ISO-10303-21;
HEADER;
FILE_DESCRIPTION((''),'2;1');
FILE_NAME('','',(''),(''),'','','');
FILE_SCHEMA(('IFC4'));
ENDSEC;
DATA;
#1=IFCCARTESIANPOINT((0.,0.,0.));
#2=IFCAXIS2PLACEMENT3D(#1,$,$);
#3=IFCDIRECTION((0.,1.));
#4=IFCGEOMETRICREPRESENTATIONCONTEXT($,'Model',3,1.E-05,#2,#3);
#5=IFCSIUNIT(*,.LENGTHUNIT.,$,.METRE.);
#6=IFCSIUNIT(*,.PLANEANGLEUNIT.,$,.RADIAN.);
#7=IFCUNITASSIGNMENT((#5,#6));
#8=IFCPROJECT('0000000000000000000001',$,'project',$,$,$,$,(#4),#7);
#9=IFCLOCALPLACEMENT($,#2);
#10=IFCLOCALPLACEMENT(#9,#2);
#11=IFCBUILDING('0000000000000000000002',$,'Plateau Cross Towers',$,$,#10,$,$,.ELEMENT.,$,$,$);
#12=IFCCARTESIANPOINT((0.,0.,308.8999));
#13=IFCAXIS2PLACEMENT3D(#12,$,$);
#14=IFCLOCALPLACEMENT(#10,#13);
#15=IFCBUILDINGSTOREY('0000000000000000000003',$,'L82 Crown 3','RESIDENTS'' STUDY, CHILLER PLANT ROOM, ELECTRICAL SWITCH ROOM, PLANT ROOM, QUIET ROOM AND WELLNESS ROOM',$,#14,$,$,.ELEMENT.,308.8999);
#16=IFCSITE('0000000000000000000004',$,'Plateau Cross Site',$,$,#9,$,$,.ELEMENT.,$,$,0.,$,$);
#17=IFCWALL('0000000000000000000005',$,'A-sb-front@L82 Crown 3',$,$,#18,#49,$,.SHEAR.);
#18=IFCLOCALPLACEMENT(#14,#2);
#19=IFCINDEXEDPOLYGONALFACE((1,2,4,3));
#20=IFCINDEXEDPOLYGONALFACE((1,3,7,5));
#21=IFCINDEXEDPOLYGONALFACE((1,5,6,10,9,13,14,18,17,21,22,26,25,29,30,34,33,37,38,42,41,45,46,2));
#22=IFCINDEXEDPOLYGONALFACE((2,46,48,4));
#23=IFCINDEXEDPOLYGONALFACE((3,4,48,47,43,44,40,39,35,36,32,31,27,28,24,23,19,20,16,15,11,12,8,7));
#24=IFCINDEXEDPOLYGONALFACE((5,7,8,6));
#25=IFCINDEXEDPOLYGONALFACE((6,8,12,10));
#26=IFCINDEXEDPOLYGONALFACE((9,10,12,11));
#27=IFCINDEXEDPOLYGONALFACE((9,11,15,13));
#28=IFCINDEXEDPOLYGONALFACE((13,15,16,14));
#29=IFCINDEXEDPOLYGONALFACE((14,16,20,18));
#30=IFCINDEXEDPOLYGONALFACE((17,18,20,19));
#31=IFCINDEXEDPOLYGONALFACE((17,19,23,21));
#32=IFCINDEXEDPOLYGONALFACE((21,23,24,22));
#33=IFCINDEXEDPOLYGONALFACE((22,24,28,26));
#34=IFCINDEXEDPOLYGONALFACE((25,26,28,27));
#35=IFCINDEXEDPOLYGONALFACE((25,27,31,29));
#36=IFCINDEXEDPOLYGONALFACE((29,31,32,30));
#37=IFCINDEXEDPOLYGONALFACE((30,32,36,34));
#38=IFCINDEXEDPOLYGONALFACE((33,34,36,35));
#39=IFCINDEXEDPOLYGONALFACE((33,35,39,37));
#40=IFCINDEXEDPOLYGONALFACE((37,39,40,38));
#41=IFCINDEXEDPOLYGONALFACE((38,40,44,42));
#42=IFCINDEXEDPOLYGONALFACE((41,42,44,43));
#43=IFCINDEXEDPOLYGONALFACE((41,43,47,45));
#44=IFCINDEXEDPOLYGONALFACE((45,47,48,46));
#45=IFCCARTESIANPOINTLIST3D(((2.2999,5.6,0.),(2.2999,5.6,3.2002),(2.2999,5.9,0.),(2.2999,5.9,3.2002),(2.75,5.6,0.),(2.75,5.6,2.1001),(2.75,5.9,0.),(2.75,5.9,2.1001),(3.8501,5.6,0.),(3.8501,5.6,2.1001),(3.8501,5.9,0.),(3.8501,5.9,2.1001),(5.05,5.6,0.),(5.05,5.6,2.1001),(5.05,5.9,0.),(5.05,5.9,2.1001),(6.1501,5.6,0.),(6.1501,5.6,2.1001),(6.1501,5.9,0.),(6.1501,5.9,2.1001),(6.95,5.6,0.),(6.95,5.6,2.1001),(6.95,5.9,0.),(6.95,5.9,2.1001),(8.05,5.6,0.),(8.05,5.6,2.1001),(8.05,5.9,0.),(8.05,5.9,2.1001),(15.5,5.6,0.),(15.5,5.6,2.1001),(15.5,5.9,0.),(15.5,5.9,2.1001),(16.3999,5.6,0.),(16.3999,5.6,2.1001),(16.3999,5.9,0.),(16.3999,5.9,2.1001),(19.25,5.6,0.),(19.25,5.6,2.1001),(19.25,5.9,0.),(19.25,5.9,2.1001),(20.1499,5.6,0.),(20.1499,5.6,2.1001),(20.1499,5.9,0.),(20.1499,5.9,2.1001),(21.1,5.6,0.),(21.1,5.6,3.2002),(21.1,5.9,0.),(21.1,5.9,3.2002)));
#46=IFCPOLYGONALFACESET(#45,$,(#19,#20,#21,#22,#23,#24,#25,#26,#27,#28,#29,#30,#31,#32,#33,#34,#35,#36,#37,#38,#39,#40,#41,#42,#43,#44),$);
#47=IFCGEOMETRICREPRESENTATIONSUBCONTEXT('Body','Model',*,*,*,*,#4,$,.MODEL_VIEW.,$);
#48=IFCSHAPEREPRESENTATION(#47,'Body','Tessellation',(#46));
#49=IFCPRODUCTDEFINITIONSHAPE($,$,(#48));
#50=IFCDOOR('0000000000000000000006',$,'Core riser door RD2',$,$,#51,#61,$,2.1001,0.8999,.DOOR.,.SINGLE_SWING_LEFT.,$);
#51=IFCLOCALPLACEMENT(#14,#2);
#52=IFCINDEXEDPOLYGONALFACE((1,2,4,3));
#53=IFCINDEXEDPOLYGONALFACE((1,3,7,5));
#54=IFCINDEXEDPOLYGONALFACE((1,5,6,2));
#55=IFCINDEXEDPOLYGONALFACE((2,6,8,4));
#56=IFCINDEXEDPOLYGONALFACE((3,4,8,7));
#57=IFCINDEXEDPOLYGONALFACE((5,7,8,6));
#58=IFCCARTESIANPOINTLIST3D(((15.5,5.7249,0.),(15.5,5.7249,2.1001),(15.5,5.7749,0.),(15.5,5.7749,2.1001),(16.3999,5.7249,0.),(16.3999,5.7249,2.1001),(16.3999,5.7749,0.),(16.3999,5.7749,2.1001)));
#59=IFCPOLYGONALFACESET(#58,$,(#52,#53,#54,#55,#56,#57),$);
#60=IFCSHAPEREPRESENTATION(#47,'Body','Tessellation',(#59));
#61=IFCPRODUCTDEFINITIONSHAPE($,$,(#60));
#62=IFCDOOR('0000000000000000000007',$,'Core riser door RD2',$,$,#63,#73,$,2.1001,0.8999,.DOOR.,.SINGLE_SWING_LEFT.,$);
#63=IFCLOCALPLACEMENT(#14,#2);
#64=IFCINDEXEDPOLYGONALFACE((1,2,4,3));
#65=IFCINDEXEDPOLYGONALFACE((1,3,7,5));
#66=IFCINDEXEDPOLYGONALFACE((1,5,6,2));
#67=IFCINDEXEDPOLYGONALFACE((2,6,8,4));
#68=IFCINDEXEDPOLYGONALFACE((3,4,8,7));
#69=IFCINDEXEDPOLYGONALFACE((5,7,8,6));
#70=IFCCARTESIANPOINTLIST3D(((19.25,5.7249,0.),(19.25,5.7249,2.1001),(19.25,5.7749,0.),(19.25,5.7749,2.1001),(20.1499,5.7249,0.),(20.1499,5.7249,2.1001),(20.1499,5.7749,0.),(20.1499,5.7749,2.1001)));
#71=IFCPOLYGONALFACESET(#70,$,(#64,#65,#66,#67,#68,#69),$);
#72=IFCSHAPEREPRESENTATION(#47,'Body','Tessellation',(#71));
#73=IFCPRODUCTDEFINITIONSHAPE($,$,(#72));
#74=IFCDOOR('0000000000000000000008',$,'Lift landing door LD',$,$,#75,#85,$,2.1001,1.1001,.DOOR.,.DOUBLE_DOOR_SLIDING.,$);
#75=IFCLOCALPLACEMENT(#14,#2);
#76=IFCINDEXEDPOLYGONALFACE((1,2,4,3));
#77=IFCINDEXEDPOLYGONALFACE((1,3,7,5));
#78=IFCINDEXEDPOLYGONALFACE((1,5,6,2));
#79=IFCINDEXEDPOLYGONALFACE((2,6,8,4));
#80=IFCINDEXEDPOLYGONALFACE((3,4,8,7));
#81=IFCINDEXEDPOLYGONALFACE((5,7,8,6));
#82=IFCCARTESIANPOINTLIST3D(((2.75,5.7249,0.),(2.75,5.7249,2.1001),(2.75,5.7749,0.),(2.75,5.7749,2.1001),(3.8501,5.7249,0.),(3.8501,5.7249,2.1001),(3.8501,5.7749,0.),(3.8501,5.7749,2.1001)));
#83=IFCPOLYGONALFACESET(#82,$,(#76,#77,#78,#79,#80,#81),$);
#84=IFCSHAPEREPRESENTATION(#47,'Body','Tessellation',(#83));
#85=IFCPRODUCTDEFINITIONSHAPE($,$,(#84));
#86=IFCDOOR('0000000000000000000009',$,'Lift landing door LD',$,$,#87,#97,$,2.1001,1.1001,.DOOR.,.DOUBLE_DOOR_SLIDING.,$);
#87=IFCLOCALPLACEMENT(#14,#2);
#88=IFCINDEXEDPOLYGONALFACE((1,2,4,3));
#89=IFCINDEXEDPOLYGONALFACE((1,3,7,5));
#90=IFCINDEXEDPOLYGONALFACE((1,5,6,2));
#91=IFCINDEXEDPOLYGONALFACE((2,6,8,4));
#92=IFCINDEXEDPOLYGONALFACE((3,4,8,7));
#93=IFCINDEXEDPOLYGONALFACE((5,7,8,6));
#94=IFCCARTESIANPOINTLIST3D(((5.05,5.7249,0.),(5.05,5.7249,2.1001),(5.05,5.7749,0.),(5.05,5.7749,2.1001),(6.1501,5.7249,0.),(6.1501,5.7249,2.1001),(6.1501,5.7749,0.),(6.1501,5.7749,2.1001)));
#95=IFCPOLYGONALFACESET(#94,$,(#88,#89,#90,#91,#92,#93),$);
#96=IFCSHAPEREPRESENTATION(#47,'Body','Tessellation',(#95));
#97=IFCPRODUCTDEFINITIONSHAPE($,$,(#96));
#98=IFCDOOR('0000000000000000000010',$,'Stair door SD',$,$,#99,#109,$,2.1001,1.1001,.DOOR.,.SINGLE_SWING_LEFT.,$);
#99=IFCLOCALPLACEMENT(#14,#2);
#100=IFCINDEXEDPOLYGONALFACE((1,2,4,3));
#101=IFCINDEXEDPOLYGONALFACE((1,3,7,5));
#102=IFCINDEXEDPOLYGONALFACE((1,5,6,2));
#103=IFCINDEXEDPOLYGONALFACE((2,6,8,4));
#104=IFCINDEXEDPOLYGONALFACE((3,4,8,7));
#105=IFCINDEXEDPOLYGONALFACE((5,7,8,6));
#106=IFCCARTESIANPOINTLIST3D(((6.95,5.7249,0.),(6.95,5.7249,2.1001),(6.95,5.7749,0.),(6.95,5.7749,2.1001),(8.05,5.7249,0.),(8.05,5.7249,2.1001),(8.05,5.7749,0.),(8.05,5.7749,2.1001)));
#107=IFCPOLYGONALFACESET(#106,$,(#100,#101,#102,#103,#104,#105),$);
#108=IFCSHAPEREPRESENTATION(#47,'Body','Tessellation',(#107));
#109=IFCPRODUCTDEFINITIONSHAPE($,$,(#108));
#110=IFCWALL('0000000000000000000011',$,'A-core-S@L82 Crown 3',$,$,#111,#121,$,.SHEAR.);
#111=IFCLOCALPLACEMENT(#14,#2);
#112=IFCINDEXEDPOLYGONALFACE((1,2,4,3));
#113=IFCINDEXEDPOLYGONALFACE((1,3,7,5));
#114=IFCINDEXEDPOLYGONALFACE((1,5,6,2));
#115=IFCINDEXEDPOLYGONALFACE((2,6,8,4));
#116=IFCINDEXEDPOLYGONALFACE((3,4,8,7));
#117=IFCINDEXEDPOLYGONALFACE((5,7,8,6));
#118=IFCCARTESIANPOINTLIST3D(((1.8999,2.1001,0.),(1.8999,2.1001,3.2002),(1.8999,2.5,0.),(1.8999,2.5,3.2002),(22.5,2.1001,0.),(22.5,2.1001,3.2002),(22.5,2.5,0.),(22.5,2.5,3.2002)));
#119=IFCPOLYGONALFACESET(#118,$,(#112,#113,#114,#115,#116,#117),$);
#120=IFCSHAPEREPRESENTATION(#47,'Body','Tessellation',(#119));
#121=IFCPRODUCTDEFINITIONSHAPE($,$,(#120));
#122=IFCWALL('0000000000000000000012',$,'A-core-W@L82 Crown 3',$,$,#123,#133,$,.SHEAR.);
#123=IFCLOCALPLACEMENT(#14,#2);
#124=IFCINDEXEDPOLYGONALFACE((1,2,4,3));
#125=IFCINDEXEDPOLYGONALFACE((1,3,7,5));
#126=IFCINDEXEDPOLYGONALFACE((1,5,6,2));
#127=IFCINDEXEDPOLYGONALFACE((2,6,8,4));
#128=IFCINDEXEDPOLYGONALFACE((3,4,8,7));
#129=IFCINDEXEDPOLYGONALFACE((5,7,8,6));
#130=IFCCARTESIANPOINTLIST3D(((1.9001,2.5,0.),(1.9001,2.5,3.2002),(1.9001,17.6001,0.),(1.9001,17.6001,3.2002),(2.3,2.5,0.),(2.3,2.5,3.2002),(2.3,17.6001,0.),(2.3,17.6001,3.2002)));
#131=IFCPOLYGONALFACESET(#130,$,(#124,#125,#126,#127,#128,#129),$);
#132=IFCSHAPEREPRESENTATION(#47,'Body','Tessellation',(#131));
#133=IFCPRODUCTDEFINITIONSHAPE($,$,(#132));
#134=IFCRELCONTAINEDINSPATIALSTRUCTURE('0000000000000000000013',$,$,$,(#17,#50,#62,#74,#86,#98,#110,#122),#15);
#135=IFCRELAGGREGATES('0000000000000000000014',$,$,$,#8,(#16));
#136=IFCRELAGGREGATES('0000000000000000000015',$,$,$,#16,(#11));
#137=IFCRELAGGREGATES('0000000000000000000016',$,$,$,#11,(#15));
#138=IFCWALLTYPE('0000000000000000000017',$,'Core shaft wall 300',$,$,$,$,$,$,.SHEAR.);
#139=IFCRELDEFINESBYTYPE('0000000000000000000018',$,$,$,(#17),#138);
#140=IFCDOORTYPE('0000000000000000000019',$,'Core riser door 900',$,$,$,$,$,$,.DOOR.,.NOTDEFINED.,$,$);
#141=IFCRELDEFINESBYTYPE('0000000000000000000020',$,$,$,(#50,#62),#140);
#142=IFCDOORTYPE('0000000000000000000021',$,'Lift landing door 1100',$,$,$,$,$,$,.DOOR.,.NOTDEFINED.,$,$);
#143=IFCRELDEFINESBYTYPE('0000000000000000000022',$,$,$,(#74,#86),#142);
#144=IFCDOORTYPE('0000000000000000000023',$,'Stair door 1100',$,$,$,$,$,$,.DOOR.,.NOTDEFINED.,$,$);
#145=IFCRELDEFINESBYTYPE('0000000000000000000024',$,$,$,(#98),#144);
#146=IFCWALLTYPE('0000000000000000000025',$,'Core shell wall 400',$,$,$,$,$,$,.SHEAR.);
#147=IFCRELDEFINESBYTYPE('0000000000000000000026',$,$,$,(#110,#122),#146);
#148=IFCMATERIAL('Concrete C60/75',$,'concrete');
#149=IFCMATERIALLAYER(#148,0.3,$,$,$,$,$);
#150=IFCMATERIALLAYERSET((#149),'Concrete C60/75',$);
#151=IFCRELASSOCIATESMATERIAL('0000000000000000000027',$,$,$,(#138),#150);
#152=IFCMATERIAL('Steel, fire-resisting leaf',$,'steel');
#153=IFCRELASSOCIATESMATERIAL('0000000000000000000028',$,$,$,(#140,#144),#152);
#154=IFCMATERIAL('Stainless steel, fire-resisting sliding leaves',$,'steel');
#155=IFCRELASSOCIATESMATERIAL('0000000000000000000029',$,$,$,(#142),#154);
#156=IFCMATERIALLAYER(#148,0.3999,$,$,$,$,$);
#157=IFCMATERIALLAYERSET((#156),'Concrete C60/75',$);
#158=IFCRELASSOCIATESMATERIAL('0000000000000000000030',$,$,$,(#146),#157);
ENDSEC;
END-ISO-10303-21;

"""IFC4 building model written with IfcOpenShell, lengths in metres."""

from ifc_helpers import new_model, si_unit, direction, frame, frame_2d, origin, place, context, subcontext, project, spatial, rectangle, extrude, material, layer, layer_set, type_object, element, fill, save


model = new_model("IFC4")

# Units and contexts
model_context = context("Model", 3, precision=1e-05, world=origin(), true_north=direction((0.0, 1.0)))
body_context = subcontext(model_context, "Body", "Model", "MODEL_VIEW")
ifc_project = project(units=[si_unit("LENGTHUNIT", "METRE"), si_unit("PLANEANGLEUNIT", "RADIAN")], contexts=[model_context])

# Site, building, storey
site_placement = place(None, origin())
site = spatial("IfcSite", under=ifc_project, at=site_placement, Name="Plateau Cross Site", CompositionType="ELEMENT", RefElevation=0.0)
building_placement = place(site_placement, origin())
building = spatial("IfcBuilding", under=site, at=building_placement, Name="Plateau Cross Towers", CompositionType="ELEMENT")
storey_placement = place(building_placement, frame((0.0, 0.0, 308.8999)))
storey = spatial("IfcBuildingStorey", under=building, at=storey_placement, Name="L82 Crown 3", Description="RESIDENTS' STUDY, CHILLER PLANT ROOM, ELECTRICAL SWITCH ROOM, PLANT ROOM, QUIET ROOM AND WELLNESS ROOM", CompositionType="ELEMENT", Elevation=308.8999)

# Shared definitions
ifc_material_1 = material(Name="Concrete C60/75", Category="concrete")

# Shared definitions
ifc_layer_1 = layer(ifc_material_1, 0.3)
ifc_layer_set_1 = layer_set([ifc_layer_1], Name="Concrete C60/75")
wall_type_1 = type_object("IfcWallType", Name="Core shaft wall 300", PredefinedType="SHEAR", material=ifc_layer_set_1)

# Wall, openings, doors
wall_1_placement = place(storey_placement, frame((2.3, 5.75, 0.0), z_axis=(0.0, 0.0, 1.0), x_axis=(1.0, 0.0, 0.0)))
wall_1 = element("IfcWall", 1, at=wall_1_placement, inside=storey, type_object=wall_type_1, Name="A-sb-front@L82 Crown 3", PredefinedType="SHEAR", context=body_context, shape_type="SweptSolid", body=[
    extrude(rectangle(XDim=18.8, YDim=0.3, at=frame_2d((9.3999, 0.0))), origin(), (0.0, 0.0, 1.0), 3.2002),
])
opening_1_placement = place(wall_1_placement, frame((4.6499, 0.0, 0.0)))
opening_1 = element("IfcOpeningElement", 2, at=opening_1_placement, cuts=wall_1, PredefinedType="OPENING", context=body_context, shape_type="SweptSolid", body=[
    extrude(rectangle(XDim=1.1001, YDim=2.1001, at=frame_2d((0.55, 1.05))), frame((0.0, 0.1599, 0.0), z_axis=(0.0, -1.0, 0.0), x_axis=(1.0, 0.0, 0.0)), (0.0, 0.0, 1.0), 0.3201),
])
opening_2_placement = place(wall_1_placement, frame((0.45, 0.0, 0.0)))
opening_2 = element("IfcOpeningElement", 3, at=opening_2_placement, cuts=wall_1, PredefinedType="OPENING", context=body_context, shape_type="SweptSolid", body=[
    extrude(rectangle(XDim=1.1001, YDim=2.1001, at=frame_2d((0.55, 1.05))), frame((0.0, 0.1599, 0.0), z_axis=(0.0, -1.0, 0.0), x_axis=(1.0, 0.0, 0.0)), (0.0, 0.0, 1.0), 0.3201),
])
opening_3_placement = place(wall_1_placement, frame((2.75, 0.0, 0.0)))
opening_3 = element("IfcOpeningElement", 4, at=opening_3_placement, cuts=wall_1, PredefinedType="OPENING", context=body_context, shape_type="SweptSolid", body=[
    extrude(rectangle(XDim=1.1001, YDim=2.1001, at=frame_2d((0.55, 1.05))), frame((0.0, 0.1599, 0.0), z_axis=(0.0, -1.0, 0.0), x_axis=(1.0, 0.0, 0.0)), (0.0, 0.0, 1.0), 0.3201),
])
opening_4_placement = place(wall_1_placement, frame((13.2, 0.0, 0.0)))
opening_4 = element("IfcOpeningElement", 5, at=opening_4_placement, cuts=wall_1, PredefinedType="OPENING", context=body_context, shape_type="SweptSolid", body=[
    extrude(rectangle(XDim=0.8999, YDim=2.1001, at=frame_2d((0.45, 1.05))), frame((0.0, 0.1599, 0.0), z_axis=(0.0, -1.0, 0.0), x_axis=(1.0, 0.0, 0.0)), (0.0, 0.0, 1.0), 0.3201),
])
opening_5_placement = place(wall_1_placement, frame((16.95, 0.0, 0.0)))
opening_5 = element("IfcOpeningElement", 6, at=opening_5_placement, cuts=wall_1, PredefinedType="OPENING", context=body_context, shape_type="SweptSolid", body=[
    extrude(rectangle(XDim=0.8999, YDim=2.1001, at=frame_2d((0.45, 1.05))), frame((0.0, 0.1599, 0.0), z_axis=(0.0, -1.0, 0.0), x_axis=(1.0, 0.0, 0.0)), (0.0, 0.0, 1.0), 0.3201),
])
ifc_material_2 = material(Name="Steel, fire-resisting leaf", Category="steel")
door_type_1 = type_object("IfcDoorType", Name="Core riser door 900", OperationType="NOTDEFINED", PredefinedType="DOOR", material=ifc_material_2)
door_1_placement = place(opening_4_placement, origin())
door_1 = element("IfcDoor", 7, at=door_1_placement, inside=storey, type_object=door_type_1, Name="Core riser door RD2", OperationType="SINGLE_SWING_LEFT", OverallHeight=2.1001, OverallWidth=0.8999, PredefinedType="DOOR", context=body_context, shape_type="SweptSolid", body=[
    extrude(rectangle(XDim=0.8999, YDim=2.1001, at=frame_2d((0.45, 1.05))), frame((0.0, 0.0249, 0.0), z_axis=(0.0, -1.0, 0.0), x_axis=(1.0, 0.0, 0.0)), (0.0, 0.0, 1.0), 0.05),
])
fill(opening_4, door_1)
door_2_placement = place(opening_5_placement, origin())
door_2 = element("IfcDoor", 8, at=door_2_placement, inside=storey, type_object=door_type_1, Name="Core riser door RD2", OperationType="SINGLE_SWING_LEFT", OverallHeight=2.1001, OverallWidth=0.8999, PredefinedType="DOOR", context=body_context, shape_type="SweptSolid", body=[
    extrude(rectangle(XDim=0.8999, YDim=2.1001, at=frame_2d((0.45, 1.05))), frame((0.0, 0.0249, 0.0), z_axis=(0.0, -1.0, 0.0), x_axis=(1.0, 0.0, 0.0)), (0.0, 0.0, 1.0), 0.05),
])
fill(opening_5, door_2)
ifc_material_3 = material(Name="Stainless steel, fire-resisting sliding leaves", Category="steel")
door_type_2 = type_object("IfcDoorType", Name="Lift landing door 1100", OperationType="NOTDEFINED", PredefinedType="DOOR", material=ifc_material_3)
door_3_placement = place(opening_2_placement, origin())
door_3 = element("IfcDoor", 9, at=door_3_placement, inside=storey, type_object=door_type_2, Name="Lift landing door LD", OperationType="DOUBLE_DOOR_SLIDING", OverallHeight=2.1001, OverallWidth=1.1001, PredefinedType="DOOR", context=body_context, shape_type="SweptSolid", body=[
    extrude(rectangle(XDim=1.1001, YDim=2.1001, at=frame_2d((0.55, 1.05))), frame((0.0, 0.0249, 0.0), z_axis=(0.0, -1.0, 0.0), x_axis=(1.0, 0.0, 0.0)), (0.0, 0.0, 1.0), 0.05),
])
fill(opening_2, door_3)
door_4_placement = place(opening_3_placement, origin())
door_4 = element("IfcDoor", 10, at=door_4_placement, inside=storey, type_object=door_type_2, Name="Lift landing door LD", OperationType="DOUBLE_DOOR_SLIDING", OverallHeight=2.1001, OverallWidth=1.1001, PredefinedType="DOOR", context=body_context, shape_type="SweptSolid", body=[
    extrude(rectangle(XDim=1.1001, YDim=2.1001, at=frame_2d((0.55, 1.05))), frame((0.0, 0.0249, 0.0), z_axis=(0.0, -1.0, 0.0), x_axis=(1.0, 0.0, 0.0)), (0.0, 0.0, 1.0), 0.05),
])
fill(opening_3, door_4)
door_type_3 = type_object("IfcDoorType", Name="Stair door 1100", OperationType="NOTDEFINED", PredefinedType="DOOR", material=ifc_material_2)
door_5_placement = place(opening_1_placement, origin())
door_5 = element("IfcDoor", 11, at=door_5_placement, inside=storey, type_object=door_type_3, Name="Stair door SD", OperationType="SINGLE_SWING_LEFT", OverallHeight=2.1001, OverallWidth=1.1001, PredefinedType="DOOR", context=body_context, shape_type="SweptSolid", body=[
    extrude(rectangle(XDim=1.1001, YDim=2.1001, at=frame_2d((0.55, 1.05))), frame((0.0, 0.0249, 0.0), z_axis=(0.0, -1.0, 0.0), x_axis=(1.0, 0.0, 0.0)), (0.0, 0.0, 1.0), 0.05),
])
fill(opening_1, door_5)

# Walls
ifc_layer_2 = layer(ifc_material_1, 0.3999)
ifc_layer_set_2 = layer_set([ifc_layer_2], Name="Concrete C60/75")
wall_type_2 = type_object("IfcWallType", Name="Core shell wall 400", PredefinedType="SHEAR", material=ifc_layer_set_2)
wall_2_placement = place(storey_placement, frame((1.8999, 2.3, 0.0), z_axis=(0.0, 0.0, 1.0), x_axis=(1.0, 0.0, 0.0)))
element("IfcWall", 12, at=wall_2_placement, inside=storey, type_object=wall_type_2, Name="A-core-S@L82 Crown 3", PredefinedType="SHEAR", context=body_context, shape_type="SweptSolid", body=[
    extrude(rectangle(XDim=20.6001, YDim=0.3999, at=frame_2d((10.3, 0.0))), origin(), (0.0, 0.0, 1.0), 3.2002),
])
wall_3_placement = place(storey_placement, frame((2.1001, 2.5, 0.0), z_axis=(0.0, 0.0, 1.0), x_axis=(0.0, 1.0, 0.0)))
element("IfcWall", 13, at=wall_3_placement, inside=storey, type_object=wall_type_2, Name="A-core-W@L82 Crown 3", PredefinedType="SHEAR", context=body_context, shape_type="SweptSolid", body=[
    extrude(rectangle(XDim=15.1001, YDim=0.3999, at=frame_2d((7.55, 0.0))), origin(), (0.0, 0.0, 1.0), 3.2002),
])

save(model, "model.ifc")
